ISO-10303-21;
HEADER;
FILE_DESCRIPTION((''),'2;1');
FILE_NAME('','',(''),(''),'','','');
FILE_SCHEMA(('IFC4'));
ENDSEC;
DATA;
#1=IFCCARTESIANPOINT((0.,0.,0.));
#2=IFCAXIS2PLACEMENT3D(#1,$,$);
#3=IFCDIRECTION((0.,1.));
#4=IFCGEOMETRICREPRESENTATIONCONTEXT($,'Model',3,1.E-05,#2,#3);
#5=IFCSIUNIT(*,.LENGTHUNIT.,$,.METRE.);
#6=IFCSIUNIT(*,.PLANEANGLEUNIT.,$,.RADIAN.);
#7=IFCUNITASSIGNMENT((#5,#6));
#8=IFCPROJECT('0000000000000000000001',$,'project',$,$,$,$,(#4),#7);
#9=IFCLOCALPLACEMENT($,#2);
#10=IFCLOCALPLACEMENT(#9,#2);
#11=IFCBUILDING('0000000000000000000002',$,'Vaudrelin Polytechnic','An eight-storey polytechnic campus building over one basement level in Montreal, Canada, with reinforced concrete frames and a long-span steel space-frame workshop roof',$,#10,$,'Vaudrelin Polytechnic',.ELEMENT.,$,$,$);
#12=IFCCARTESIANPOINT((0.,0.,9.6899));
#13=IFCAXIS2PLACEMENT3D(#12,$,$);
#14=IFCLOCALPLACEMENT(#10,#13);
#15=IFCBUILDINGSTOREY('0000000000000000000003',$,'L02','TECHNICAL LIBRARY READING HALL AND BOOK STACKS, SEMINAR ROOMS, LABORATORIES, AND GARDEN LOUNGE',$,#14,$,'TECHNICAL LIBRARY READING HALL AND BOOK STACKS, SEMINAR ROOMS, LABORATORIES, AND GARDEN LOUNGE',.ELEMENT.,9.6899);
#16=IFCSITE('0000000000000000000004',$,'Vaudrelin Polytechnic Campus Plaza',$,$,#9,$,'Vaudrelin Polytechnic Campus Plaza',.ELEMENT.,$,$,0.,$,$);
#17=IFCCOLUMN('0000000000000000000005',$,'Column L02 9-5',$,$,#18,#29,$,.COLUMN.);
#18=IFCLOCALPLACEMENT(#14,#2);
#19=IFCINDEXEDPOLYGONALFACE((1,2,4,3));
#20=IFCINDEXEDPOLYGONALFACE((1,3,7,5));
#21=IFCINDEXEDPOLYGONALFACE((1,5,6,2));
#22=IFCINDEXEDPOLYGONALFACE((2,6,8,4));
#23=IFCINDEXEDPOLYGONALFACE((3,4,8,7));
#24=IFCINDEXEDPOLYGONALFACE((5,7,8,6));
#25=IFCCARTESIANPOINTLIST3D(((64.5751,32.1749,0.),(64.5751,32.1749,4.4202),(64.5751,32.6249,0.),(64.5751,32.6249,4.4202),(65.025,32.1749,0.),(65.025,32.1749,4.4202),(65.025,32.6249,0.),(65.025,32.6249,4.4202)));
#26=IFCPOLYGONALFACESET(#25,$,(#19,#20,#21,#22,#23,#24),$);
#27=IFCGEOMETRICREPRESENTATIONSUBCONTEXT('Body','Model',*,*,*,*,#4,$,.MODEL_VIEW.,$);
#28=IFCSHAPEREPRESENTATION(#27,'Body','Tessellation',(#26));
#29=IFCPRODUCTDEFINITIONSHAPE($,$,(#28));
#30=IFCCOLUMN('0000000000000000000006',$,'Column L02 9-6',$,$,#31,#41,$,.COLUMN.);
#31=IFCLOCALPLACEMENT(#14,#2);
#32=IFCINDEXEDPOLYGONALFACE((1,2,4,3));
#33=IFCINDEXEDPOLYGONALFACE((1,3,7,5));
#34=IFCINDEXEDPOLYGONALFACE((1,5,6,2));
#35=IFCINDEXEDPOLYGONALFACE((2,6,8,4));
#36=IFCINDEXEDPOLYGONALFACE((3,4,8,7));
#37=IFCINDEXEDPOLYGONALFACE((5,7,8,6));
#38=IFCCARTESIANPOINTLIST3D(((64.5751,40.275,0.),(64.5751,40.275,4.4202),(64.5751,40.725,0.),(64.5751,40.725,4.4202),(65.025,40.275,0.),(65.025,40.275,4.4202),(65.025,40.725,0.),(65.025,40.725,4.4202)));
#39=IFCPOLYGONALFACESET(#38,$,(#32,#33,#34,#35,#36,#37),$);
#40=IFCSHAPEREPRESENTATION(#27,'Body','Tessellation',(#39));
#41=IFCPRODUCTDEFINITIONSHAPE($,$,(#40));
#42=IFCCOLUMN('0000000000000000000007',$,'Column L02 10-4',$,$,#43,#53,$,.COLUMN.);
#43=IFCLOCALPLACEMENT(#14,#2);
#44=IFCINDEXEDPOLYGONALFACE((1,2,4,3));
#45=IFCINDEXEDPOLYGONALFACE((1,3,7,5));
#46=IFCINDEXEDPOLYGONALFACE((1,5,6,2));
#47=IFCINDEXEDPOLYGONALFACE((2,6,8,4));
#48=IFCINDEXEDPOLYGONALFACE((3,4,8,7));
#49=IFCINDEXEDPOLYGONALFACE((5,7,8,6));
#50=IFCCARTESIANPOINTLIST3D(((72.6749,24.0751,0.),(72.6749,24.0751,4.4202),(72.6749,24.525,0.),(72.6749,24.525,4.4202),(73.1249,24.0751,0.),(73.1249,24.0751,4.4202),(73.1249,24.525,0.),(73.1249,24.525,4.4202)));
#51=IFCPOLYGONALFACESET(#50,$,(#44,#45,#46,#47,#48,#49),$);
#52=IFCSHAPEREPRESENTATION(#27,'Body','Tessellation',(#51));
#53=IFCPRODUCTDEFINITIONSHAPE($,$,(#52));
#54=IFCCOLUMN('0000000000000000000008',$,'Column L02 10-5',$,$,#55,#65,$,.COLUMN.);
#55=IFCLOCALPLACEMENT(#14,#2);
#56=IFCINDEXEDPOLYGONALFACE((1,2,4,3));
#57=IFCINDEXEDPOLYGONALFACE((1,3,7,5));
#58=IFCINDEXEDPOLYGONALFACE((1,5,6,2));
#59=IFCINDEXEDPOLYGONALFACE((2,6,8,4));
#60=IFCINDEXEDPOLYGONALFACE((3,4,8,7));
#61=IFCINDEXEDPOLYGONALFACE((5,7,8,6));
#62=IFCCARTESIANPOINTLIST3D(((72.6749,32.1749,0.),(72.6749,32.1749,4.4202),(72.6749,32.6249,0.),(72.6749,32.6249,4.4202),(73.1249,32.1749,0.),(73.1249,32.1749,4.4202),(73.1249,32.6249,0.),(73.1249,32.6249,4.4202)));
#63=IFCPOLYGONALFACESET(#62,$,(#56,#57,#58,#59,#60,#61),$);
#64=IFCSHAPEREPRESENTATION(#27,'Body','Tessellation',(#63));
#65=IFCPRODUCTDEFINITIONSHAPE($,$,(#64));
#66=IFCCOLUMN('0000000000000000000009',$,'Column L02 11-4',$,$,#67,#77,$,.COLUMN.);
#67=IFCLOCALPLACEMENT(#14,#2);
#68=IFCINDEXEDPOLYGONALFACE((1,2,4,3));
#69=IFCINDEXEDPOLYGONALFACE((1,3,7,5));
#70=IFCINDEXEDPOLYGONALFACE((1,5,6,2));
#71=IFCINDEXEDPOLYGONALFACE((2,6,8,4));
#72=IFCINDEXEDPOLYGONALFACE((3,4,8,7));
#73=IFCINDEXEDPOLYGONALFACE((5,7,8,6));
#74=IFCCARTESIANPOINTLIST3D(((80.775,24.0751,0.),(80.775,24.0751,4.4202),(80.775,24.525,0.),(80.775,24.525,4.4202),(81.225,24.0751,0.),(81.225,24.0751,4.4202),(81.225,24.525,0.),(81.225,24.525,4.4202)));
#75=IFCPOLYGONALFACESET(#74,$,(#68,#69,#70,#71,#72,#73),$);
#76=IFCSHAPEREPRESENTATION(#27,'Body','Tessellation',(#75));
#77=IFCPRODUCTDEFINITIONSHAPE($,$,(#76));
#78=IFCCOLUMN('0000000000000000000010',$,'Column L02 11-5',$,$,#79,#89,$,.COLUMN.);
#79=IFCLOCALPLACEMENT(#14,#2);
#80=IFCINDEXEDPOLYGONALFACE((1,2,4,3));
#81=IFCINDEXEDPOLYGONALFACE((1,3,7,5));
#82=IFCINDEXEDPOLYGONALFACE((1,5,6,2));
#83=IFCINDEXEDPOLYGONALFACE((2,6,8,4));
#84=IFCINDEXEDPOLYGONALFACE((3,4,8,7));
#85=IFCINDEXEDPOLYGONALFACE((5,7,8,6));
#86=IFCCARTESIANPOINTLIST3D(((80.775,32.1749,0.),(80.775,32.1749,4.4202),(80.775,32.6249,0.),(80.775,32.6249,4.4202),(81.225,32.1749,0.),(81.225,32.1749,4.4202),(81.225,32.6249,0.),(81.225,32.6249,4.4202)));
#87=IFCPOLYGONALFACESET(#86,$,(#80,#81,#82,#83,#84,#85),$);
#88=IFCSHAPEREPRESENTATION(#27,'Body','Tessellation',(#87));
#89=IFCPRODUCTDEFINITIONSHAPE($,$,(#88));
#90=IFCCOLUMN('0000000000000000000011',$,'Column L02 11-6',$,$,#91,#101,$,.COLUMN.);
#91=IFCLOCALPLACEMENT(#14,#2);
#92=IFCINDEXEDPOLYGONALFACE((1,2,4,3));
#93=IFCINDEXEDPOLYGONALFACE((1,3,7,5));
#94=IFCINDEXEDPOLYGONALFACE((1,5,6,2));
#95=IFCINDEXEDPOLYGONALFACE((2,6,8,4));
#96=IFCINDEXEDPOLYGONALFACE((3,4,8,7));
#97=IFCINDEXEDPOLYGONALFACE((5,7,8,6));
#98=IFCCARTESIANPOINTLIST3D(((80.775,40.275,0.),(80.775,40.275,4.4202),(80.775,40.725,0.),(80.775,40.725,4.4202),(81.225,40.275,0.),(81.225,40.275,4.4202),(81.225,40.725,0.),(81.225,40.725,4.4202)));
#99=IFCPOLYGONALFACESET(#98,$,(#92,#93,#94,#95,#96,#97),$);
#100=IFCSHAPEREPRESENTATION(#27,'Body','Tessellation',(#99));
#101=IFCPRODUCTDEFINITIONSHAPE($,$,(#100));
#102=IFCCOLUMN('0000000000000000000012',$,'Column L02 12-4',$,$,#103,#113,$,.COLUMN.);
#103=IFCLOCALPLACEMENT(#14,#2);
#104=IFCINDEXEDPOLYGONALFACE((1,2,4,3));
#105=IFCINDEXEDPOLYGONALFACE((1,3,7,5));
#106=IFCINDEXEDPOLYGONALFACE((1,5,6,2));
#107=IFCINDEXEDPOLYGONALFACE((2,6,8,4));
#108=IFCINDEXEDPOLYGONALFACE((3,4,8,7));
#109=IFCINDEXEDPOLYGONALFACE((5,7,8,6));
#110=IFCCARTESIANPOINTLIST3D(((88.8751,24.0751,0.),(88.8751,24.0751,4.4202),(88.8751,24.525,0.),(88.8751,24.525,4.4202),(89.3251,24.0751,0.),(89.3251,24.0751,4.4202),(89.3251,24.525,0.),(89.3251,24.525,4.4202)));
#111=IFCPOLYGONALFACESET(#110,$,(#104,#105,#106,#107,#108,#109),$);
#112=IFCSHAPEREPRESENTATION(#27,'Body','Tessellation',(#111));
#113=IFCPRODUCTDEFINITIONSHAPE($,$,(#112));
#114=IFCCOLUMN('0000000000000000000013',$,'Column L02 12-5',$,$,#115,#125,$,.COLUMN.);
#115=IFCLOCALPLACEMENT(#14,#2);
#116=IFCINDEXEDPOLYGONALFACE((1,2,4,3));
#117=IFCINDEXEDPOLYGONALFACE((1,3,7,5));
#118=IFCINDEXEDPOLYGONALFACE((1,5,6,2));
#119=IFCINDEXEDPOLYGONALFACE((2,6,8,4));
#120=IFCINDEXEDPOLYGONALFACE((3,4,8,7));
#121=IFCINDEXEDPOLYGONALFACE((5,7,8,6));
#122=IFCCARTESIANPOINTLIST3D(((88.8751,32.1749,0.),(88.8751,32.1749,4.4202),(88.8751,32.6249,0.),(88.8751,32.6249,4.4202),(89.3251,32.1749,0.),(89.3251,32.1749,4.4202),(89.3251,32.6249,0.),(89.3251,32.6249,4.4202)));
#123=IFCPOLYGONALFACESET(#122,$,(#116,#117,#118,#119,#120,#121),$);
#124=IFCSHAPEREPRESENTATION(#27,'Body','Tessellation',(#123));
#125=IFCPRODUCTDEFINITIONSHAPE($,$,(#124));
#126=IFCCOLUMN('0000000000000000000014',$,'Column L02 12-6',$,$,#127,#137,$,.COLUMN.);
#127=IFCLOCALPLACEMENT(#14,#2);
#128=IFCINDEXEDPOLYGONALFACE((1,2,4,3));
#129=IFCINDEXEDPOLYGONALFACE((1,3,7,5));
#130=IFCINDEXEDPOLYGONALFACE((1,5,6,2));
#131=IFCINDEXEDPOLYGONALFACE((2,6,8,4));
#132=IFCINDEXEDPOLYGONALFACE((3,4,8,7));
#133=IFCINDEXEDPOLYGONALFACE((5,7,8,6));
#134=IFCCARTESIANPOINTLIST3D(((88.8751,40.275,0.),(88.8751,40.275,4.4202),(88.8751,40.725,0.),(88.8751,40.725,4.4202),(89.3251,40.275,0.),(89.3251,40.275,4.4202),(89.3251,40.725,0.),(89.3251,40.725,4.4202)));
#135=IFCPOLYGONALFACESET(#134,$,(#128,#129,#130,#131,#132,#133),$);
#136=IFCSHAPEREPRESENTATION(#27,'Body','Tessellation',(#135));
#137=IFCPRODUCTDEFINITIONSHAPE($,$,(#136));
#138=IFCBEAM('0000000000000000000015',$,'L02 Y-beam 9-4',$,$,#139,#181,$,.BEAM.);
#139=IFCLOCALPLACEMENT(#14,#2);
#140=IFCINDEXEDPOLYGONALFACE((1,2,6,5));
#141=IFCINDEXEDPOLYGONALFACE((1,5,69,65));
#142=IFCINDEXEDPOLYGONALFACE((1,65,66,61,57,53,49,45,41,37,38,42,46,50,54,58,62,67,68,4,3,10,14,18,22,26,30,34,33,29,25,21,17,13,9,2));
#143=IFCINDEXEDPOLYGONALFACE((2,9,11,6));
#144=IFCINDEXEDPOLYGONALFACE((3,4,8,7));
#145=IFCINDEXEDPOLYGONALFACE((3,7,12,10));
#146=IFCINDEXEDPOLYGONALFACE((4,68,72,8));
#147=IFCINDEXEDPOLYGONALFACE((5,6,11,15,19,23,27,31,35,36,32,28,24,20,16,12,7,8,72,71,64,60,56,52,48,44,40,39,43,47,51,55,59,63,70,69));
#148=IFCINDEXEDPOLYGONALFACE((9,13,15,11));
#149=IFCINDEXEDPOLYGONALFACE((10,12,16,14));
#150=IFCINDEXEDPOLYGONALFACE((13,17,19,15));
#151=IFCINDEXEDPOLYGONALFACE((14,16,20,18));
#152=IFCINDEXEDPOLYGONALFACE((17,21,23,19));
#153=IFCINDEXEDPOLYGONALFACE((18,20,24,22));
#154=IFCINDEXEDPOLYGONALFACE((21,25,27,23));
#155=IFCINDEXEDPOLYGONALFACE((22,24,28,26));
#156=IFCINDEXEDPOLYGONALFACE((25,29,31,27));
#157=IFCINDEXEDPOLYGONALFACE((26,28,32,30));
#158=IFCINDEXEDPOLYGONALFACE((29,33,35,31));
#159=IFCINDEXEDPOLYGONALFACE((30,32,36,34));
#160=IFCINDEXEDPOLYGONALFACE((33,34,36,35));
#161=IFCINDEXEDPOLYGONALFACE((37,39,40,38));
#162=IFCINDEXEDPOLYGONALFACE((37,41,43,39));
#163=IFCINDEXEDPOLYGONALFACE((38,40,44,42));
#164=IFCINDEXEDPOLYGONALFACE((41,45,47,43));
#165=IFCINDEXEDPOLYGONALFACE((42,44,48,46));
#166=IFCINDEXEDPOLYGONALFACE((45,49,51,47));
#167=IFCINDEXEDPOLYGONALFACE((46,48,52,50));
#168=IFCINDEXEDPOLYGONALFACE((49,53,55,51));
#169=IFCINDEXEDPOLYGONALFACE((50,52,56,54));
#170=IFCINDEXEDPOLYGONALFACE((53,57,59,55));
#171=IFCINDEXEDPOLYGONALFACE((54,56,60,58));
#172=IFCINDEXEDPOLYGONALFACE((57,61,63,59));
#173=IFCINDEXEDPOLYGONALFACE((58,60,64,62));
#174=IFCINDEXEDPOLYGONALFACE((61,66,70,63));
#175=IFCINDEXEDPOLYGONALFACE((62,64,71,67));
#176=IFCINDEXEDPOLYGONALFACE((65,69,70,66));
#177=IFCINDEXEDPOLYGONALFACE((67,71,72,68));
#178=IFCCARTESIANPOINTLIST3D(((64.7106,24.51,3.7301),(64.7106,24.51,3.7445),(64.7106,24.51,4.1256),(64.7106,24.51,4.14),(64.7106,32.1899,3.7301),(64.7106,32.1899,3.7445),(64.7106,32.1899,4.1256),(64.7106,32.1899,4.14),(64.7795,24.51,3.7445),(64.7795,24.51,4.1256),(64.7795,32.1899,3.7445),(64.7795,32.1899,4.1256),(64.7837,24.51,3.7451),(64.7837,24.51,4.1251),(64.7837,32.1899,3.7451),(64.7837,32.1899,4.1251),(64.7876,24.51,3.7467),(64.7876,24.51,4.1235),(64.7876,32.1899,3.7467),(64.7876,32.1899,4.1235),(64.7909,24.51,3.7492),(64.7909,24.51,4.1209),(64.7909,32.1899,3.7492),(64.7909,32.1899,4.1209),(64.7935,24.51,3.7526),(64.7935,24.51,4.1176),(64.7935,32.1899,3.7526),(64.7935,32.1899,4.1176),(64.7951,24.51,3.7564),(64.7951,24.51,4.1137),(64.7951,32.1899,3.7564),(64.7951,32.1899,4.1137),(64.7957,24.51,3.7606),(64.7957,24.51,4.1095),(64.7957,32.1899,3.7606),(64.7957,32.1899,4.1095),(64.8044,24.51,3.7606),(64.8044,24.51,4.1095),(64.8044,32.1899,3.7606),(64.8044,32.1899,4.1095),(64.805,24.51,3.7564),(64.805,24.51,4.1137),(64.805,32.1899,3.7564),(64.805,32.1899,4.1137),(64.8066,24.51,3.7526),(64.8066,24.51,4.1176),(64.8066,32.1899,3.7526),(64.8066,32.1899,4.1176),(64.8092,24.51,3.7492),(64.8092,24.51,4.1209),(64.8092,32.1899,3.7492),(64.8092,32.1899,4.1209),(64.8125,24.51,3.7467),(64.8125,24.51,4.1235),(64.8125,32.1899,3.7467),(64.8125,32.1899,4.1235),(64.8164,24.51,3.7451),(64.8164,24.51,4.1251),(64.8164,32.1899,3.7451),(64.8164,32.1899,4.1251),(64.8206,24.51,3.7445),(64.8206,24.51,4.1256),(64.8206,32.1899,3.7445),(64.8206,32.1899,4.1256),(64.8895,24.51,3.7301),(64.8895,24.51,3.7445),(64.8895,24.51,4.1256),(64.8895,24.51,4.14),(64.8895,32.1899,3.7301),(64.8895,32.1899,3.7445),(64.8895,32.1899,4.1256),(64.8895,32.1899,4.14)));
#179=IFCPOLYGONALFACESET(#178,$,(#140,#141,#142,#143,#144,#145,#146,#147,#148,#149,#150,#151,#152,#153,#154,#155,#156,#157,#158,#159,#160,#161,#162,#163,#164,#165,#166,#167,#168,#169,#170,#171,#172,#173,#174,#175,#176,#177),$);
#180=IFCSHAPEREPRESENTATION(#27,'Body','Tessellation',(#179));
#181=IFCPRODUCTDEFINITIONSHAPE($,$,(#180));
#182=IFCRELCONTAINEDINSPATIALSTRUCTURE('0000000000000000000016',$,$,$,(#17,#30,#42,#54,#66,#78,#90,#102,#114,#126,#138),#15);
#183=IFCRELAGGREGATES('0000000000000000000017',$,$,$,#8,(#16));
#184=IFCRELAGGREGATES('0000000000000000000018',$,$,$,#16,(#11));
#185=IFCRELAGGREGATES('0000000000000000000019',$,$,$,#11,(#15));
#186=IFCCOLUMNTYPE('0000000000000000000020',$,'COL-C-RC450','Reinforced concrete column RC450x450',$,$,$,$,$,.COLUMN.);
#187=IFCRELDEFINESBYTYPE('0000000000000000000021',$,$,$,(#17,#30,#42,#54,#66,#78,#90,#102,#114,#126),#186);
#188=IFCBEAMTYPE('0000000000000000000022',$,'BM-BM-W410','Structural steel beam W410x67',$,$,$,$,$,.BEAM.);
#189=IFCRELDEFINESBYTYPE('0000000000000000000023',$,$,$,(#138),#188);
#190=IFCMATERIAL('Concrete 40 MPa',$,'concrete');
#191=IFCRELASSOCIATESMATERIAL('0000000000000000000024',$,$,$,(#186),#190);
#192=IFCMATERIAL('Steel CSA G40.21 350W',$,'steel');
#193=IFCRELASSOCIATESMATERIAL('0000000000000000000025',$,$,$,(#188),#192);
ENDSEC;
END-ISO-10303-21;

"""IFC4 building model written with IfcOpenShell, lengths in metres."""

from ifc_helpers import new_model, si_unit, direction, frame, origin, origin_2d, place, context, subcontext, project, spatial, rectangle, i_section, extrude, material, material_profile, profile_set, type_object, element, save


model = new_model("IFC4")

# Units and contexts
model_context = context("Model", 3, precision=1e-05, world=origin(), true_north=direction((0.0, 1.0)))
body_context = subcontext(model_context, "Body", "Model", "MODEL_VIEW")
ifc_project = project(units=[si_unit("LENGTHUNIT", "METRE"), si_unit("PLANEANGLEUNIT", "RADIAN")], contexts=[model_context])

# Site, building, storey
site_placement = place(None, origin())
site = spatial("IfcSite", under=ifc_project, at=site_placement, Name="Vaudrelin Polytechnic Campus Plaza", LongName="Vaudrelin Polytechnic Campus Plaza", CompositionType="ELEMENT", RefElevation=0.0)
building_placement = place(site_placement, origin())
building = spatial("IfcBuilding", under=site, at=building_placement, Name="Vaudrelin Polytechnic", Description="An eight-storey polytechnic campus building over one basement level in Montreal, Canada, with reinforced concrete frames and a long-span steel space-frame workshop roof", LongName="Vaudrelin Polytechnic", CompositionType="ELEMENT")
storey_placement = place(building_placement, frame((0.0, 0.0, 9.6899)))
storey = spatial("IfcBuildingStorey", under=building, at=storey_placement, Name="L02", Description="TECHNICAL LIBRARY READING HALL AND BOOK STACKS, SEMINAR ROOMS, LABORATORIES, AND GARDEN LOUNGE", LongName="TECHNICAL LIBRARY READING HALL AND BOOK STACKS, SEMINAR ROOMS, LABORATORIES, AND GARDEN LOUNGE", CompositionType="ELEMENT", Elevation=9.6899)

# Columns
ifc_material_1 = material(Name="Concrete 40 MPa", Category="concrete")
ifc_material_profile_1 = material_profile(ifc_material_1, rectangle(XDim=0.45, YDim=0.45, at=origin_2d()), Name="RC450x450")
ifc_profile_set_1 = profile_set([ifc_material_profile_1], Name="Concrete 40 MPa")
column_type = type_object("IfcColumnType", Name="COL-C-RC450", Description="Reinforced concrete column RC450x450", PredefinedType="COLUMN", material=ifc_profile_set_1)
for number, where, z_axis, x_axis, name in (
    (1, (64.8, 32.3999, 0.0), (0.0, 0.0, 1.0), (1.0, 0.0, 0.0), "Column L02 9-5"),
    (2, (64.8, 40.5, 0.0), (0.0, 0.0, 1.0), (1.0, 0.0, 0.0), "Column L02 9-6"),
    (3, (72.8999, 24.3, 0.0), (0.0, 0.0, 1.0), (1.0, 0.0, 0.0), "Column L02 10-4"),
    (4, (72.8999, 32.3999, 0.0), (0.0, 0.0, 1.0), (1.0, 0.0, 0.0), "Column L02 10-5"),
    (5, (81.0, 24.3, 0.0), (0.0, 0.0, 1.0), (1.0, 0.0, 0.0), "Column L02 11-4"),
    (6, (81.0, 32.3999, 0.0), (0.0, 0.0, 1.0), (1.0, 0.0, 0.0), "Column L02 11-5"),
    (7, (81.0, 40.5, 0.0), (0.0, 0.0, 1.0), (1.0, 0.0, 0.0), "Column L02 11-6"),
    (8, (89.1001, 24.3, 0.0), (0.0, 0.0, 1.0), (1.0, 0.0, 0.0), "Column L02 12-4"),
    (9, (89.1001, 32.3999, 0.0), (0.0, 0.0, 1.0), (1.0, 0.0, 0.0), "Column L02 12-5"),
    (10, (89.1001, 40.5, 0.0), (0.0, 0.0, 1.0), (1.0, 0.0, 0.0), "Column L02 12-6"),
):
    element("IfcColumn", number, at=place(storey_placement, frame(where, z_axis=z_axis, x_axis=x_axis)), inside=storey, type_object=column_type, Name=name, PredefinedType="COLUMN", context=body_context, shape_type="SweptSolid", body=[
        extrude(rectangle(XDim=0.45, YDim=0.45, at=origin_2d()), origin(), (0.0, 0.0, 1.0), 4.4202),
    ])

# Beam
ifc_material_2 = material(Name="Steel CSA G40.21 350W", Category="steel")
ifc_material_profile_2 = material_profile(ifc_material_2, i_section(OverallWidth=0.179, OverallDepth=0.4099, WebThickness=0.0088, FlangeThickness=0.0144, FilletRadius=0.0161, at=origin_2d()), Name="W410x67")
ifc_profile_set_2 = profile_set([ifc_material_profile_2], Name="Steel CSA G40.21 350W")
beam_type_1 = type_object("IfcBeamType", Name="BM-BM-W410", Description="Structural steel beam W410x67", PredefinedType="BEAM", material=ifc_profile_set_2)
beam_1_placement = place(storey_placement, frame((64.8, 24.51, 3.9351), z_axis=(0.0, 1.0, 0.0), x_axis=(-1.0, 0.0, 0.0)))
element("IfcBeam", 11, at=beam_1_placement, inside=storey, type_object=beam_type_1, Name="L02 Y-beam 9-4", PredefinedType="BEAM", context=body_context, shape_type="SweptSolid", body=[
    extrude(i_section(OverallWidth=0.179, OverallDepth=0.4099, WebThickness=0.0088, FlangeThickness=0.0144, FilletRadius=0.0161, at=origin_2d()), origin(), (0.0, 0.0, 1.0), 7.6799),
])

save(model, "model.ifc")
